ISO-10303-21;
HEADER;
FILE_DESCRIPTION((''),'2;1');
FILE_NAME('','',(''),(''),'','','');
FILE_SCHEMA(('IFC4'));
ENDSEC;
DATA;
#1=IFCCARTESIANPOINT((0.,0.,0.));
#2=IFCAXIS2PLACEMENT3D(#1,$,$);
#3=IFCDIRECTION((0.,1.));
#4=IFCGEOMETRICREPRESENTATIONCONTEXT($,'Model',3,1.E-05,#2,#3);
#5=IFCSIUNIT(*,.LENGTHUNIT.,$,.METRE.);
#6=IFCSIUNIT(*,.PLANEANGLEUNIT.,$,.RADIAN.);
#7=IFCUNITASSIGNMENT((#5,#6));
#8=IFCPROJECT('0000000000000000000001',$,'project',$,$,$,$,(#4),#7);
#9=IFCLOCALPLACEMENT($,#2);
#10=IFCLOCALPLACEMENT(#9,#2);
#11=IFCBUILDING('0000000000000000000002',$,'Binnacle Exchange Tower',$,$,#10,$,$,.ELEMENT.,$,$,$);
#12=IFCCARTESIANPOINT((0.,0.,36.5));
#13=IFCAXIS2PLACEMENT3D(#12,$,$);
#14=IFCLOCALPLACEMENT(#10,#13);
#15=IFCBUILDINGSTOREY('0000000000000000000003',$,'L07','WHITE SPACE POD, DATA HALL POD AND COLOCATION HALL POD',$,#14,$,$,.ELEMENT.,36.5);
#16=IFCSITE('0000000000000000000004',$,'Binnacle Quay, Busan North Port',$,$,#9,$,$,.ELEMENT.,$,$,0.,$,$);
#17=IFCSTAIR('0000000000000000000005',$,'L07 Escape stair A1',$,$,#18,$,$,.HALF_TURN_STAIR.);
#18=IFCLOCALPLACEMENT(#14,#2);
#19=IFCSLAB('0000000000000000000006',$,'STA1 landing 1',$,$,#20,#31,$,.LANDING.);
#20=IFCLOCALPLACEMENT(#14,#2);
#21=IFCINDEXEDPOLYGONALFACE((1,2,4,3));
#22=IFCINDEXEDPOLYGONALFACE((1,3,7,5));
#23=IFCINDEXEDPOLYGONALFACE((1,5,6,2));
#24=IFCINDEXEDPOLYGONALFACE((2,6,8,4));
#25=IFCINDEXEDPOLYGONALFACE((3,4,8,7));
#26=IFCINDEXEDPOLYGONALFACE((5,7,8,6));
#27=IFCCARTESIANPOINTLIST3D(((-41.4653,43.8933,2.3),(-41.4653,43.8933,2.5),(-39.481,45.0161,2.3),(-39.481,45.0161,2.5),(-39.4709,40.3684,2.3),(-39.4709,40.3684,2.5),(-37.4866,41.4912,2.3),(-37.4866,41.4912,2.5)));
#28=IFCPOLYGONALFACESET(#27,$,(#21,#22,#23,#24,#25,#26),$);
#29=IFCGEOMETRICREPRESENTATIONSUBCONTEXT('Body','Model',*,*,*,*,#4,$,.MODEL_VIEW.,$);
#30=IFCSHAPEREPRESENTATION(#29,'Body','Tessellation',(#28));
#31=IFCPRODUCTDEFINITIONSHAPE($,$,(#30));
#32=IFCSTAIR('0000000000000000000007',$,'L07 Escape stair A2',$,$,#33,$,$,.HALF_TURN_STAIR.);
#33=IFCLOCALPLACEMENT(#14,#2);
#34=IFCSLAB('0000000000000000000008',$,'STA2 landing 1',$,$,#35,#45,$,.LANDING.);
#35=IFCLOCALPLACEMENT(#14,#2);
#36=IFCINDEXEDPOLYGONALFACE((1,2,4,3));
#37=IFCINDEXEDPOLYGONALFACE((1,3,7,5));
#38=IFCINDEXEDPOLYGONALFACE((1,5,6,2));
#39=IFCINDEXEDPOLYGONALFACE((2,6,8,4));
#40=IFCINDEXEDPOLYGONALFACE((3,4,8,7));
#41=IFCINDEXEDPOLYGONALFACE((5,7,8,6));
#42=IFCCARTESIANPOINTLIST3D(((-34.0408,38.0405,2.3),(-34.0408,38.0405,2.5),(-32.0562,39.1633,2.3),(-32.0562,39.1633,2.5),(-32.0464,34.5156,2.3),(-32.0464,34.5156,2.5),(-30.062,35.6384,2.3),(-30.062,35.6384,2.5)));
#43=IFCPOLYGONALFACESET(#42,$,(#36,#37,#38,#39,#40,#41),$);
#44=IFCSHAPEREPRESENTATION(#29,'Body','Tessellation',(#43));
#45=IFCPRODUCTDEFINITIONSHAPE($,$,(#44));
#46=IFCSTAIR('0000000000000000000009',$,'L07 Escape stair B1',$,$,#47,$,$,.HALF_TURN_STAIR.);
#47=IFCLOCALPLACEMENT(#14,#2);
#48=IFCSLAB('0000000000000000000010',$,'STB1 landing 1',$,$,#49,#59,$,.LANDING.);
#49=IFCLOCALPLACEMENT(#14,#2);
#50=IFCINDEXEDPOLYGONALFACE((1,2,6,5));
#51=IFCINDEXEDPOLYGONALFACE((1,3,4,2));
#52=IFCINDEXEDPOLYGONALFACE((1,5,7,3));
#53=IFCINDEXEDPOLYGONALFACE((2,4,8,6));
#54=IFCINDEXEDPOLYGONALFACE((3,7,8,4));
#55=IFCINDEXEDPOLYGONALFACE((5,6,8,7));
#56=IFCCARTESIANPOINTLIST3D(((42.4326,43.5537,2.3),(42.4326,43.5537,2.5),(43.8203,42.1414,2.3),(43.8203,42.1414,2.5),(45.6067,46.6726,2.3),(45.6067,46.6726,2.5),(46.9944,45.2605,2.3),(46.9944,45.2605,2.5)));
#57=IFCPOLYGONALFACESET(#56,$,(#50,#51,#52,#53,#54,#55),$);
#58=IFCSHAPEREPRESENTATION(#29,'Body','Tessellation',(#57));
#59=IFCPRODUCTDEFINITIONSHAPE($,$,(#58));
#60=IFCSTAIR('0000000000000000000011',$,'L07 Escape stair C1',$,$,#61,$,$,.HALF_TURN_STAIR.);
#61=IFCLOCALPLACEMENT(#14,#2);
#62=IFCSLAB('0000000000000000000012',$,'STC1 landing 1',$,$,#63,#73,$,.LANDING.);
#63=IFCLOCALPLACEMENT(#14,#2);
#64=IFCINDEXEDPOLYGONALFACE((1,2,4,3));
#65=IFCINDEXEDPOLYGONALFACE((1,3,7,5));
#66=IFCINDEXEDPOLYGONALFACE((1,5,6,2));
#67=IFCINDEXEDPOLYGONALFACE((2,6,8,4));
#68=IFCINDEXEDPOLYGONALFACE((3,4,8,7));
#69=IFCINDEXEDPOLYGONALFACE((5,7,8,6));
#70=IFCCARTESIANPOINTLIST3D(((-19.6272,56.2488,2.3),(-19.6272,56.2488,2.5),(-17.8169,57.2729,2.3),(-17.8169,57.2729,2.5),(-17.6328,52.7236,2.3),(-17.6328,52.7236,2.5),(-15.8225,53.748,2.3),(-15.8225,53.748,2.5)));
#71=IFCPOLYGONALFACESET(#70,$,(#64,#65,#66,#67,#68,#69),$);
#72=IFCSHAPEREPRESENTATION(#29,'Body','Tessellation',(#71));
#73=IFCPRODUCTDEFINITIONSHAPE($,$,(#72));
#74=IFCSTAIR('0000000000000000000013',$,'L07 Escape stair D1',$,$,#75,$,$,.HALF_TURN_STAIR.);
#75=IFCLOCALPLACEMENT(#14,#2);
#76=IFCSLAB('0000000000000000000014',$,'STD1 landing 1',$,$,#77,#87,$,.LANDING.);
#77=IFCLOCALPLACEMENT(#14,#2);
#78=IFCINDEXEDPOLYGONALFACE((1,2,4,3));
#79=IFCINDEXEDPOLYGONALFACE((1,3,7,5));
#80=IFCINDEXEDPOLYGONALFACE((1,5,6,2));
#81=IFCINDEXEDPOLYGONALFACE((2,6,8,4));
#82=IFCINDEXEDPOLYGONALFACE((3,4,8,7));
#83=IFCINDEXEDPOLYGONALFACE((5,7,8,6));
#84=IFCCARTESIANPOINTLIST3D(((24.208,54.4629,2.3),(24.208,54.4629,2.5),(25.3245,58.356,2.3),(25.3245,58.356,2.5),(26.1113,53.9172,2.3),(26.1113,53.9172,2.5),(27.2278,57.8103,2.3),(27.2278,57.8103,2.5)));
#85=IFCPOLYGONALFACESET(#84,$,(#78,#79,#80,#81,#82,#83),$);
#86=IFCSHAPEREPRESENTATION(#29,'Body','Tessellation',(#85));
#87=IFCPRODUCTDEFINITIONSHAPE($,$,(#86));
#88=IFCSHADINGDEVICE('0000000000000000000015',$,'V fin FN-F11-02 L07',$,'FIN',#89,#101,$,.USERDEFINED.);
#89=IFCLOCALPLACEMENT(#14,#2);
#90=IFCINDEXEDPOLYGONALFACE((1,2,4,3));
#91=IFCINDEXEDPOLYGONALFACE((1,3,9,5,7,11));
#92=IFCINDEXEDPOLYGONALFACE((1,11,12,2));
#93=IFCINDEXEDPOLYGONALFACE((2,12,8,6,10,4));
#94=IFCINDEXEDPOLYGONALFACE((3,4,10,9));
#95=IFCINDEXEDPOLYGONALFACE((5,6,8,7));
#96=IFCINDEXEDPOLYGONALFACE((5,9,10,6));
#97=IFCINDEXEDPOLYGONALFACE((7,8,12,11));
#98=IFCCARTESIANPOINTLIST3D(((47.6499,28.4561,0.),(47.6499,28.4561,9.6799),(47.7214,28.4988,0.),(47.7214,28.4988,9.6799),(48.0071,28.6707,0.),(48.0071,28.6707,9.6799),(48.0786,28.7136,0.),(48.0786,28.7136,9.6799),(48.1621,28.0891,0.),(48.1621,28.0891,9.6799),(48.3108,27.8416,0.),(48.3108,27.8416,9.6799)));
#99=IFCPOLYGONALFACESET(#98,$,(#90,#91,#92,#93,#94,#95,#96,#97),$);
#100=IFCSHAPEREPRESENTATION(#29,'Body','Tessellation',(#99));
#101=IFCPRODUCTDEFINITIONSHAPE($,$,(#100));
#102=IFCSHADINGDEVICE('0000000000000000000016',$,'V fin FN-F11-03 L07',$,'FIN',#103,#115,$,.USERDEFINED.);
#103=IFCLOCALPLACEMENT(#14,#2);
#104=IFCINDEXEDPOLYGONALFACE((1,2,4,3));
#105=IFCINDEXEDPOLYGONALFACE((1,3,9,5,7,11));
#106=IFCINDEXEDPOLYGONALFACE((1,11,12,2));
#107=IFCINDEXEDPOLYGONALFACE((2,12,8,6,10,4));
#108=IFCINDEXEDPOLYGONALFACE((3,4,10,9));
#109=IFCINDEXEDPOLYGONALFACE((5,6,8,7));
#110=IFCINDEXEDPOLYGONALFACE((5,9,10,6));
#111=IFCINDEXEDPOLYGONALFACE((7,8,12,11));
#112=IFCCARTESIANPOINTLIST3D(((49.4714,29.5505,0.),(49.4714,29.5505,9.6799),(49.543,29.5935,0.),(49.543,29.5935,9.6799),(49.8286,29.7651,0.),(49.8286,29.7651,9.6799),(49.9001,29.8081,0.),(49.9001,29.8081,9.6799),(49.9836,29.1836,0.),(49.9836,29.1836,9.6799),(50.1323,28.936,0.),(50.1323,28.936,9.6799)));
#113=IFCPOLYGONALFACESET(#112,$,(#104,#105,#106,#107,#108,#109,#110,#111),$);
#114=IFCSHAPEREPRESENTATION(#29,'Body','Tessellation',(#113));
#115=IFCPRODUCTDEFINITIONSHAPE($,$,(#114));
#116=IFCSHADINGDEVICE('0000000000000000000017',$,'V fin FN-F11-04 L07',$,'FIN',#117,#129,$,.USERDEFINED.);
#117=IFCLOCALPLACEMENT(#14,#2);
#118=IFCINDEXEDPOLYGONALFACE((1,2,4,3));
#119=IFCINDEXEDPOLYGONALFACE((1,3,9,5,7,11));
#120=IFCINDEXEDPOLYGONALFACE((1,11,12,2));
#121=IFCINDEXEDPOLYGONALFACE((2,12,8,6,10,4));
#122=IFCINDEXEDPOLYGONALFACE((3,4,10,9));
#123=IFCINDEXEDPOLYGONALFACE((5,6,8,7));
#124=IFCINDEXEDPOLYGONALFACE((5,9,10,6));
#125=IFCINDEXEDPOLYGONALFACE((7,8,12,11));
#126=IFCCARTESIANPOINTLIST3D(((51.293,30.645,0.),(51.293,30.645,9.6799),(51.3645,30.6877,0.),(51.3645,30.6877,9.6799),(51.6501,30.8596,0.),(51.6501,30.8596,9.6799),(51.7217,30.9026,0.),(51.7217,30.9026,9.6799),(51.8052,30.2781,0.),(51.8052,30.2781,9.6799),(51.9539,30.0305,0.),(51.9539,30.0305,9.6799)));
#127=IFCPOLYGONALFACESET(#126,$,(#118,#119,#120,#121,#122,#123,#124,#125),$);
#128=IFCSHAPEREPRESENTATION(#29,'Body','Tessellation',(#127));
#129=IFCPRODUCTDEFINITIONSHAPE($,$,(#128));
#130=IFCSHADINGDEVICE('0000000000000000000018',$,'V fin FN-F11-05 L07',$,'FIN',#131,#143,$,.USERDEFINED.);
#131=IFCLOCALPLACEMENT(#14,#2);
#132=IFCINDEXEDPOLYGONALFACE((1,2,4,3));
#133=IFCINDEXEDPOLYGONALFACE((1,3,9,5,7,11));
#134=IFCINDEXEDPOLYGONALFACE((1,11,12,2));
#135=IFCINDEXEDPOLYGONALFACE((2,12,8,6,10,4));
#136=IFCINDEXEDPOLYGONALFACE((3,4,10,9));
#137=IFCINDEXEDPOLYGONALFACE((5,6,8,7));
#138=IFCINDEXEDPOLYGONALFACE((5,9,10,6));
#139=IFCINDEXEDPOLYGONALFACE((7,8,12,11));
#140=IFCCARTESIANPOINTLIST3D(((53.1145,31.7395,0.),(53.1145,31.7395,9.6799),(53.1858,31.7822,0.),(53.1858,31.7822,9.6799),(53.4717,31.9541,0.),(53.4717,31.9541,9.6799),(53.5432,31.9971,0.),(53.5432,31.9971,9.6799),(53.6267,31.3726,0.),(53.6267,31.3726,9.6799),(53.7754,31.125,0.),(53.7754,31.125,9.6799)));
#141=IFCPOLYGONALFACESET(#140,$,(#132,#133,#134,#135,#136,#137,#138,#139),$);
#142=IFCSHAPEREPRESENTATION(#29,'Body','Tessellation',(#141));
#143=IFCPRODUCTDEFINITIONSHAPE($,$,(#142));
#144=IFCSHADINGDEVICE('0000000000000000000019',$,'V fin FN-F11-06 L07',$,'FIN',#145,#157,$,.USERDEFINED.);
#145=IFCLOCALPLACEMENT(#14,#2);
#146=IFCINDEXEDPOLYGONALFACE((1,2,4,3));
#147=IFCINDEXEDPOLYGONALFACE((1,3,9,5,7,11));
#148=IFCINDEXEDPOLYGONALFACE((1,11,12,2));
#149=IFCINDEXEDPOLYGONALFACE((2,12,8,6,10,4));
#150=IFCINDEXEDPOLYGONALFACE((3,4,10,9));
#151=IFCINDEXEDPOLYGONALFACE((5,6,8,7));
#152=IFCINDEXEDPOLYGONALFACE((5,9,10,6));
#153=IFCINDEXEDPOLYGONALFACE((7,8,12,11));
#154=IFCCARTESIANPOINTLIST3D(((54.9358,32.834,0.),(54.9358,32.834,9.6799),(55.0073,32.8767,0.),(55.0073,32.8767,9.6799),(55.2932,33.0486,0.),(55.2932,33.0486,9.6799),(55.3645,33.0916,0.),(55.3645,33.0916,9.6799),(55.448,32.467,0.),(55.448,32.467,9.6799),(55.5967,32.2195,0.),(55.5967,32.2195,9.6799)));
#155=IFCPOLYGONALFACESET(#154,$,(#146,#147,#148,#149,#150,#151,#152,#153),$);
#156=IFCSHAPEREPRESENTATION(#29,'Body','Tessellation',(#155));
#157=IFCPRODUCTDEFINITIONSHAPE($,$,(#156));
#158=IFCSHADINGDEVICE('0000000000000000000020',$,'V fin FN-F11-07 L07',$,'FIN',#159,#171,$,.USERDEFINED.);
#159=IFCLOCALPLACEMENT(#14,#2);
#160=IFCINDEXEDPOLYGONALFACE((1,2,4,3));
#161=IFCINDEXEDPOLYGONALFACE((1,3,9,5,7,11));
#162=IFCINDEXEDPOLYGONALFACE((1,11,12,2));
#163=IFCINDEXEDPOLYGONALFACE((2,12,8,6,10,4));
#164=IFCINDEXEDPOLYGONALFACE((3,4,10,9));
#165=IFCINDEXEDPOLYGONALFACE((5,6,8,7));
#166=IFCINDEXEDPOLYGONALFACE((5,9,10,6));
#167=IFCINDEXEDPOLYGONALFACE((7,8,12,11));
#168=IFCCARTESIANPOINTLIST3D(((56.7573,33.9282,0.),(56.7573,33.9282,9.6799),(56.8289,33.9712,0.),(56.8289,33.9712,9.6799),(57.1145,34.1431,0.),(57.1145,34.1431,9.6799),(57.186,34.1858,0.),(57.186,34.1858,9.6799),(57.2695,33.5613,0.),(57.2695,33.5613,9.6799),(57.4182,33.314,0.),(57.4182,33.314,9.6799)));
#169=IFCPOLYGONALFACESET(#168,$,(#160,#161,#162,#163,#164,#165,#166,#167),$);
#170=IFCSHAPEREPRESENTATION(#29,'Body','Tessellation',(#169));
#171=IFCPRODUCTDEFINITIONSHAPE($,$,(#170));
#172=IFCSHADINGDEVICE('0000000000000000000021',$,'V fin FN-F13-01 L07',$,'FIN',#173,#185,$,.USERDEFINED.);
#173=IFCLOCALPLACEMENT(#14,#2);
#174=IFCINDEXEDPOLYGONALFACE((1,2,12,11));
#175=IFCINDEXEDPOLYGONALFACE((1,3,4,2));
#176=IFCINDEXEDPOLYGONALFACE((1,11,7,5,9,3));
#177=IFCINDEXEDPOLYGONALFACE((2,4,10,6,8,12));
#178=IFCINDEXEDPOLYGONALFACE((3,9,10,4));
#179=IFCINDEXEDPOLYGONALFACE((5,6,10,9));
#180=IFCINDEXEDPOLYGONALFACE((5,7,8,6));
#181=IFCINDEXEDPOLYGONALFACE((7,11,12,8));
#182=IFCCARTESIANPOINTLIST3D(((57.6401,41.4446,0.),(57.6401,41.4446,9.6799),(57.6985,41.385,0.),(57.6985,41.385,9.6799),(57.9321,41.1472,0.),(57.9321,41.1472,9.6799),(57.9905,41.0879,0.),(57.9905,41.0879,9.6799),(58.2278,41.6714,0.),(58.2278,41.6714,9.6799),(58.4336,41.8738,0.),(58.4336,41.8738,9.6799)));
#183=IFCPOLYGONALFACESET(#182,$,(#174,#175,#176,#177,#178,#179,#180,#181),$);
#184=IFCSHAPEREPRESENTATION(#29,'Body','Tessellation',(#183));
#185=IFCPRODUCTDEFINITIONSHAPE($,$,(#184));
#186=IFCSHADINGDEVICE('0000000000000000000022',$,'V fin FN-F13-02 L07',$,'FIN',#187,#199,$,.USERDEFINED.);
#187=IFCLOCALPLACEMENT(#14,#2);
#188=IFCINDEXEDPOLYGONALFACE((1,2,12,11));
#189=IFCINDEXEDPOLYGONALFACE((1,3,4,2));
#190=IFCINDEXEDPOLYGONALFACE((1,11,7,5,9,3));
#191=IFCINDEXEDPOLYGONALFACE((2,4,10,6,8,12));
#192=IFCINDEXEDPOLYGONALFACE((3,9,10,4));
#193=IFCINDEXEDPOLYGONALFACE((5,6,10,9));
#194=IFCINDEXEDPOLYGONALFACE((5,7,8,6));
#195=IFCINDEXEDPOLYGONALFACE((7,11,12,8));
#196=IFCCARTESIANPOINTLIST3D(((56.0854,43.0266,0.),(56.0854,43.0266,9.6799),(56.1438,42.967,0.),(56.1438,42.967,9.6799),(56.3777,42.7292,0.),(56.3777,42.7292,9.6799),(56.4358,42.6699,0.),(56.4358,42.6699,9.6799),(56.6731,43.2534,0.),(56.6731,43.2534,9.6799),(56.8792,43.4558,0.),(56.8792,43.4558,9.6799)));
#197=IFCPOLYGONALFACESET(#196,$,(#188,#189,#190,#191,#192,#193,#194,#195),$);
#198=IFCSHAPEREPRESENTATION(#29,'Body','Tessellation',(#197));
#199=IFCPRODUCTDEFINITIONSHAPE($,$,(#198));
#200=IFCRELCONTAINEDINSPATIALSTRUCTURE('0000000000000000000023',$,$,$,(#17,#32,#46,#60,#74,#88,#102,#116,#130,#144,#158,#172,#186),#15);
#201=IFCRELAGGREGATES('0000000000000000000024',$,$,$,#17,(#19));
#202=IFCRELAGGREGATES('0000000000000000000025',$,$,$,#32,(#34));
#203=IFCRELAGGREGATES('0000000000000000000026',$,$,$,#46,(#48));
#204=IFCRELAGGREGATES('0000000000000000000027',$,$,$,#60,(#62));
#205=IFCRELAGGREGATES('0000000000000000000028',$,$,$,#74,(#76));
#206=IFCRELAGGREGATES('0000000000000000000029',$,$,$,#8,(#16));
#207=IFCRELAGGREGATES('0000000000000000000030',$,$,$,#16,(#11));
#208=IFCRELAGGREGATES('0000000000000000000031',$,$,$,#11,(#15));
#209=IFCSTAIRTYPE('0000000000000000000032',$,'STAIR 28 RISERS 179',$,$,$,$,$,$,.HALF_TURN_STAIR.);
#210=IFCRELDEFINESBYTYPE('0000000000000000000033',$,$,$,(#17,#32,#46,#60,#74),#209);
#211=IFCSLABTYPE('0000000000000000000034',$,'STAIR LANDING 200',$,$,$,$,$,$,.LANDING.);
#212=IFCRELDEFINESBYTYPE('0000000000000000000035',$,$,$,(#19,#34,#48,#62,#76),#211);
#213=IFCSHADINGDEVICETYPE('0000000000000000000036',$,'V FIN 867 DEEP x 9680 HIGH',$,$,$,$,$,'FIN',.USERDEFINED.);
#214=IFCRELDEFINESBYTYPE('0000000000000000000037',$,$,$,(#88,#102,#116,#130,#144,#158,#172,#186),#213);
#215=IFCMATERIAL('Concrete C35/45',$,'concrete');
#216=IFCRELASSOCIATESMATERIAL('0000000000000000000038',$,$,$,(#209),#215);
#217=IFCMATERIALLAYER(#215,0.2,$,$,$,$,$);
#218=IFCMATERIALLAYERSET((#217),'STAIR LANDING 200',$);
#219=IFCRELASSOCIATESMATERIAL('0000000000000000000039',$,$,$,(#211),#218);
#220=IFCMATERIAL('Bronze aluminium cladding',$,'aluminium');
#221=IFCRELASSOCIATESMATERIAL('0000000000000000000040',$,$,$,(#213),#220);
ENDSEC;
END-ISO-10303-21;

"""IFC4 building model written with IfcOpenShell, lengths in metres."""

from ifc_helpers import new_model, si_unit, direction, frame, origin, place, context, subcontext, project, spatial, polyline, outline, extrude, material, layer, layer_set, type_object, element, aggregate, save


model = new_model("IFC4")

# Units and contexts
model_context = context("Model", 3, precision=1e-05, world=origin(), true_north=direction((0.0, 1.0)))
body_context = subcontext(model_context, "Body", "Model", "MODEL_VIEW")
ifc_project = project(units=[si_unit("LENGTHUNIT", "METRE"), si_unit("PLANEANGLEUNIT", "RADIAN")], contexts=[model_context])

# Site, building, storey
site_placement = place(None, origin())
site = spatial("IfcSite", under=ifc_project, at=site_placement, Name="Binnacle Quay, Busan North Port", CompositionType="ELEMENT", RefElevation=0.0)
building_placement = place(site_placement, origin())
building = spatial("IfcBuilding", under=site, at=building_placement, Name="Binnacle Exchange Tower", CompositionType="ELEMENT")
storey_placement = place(building_placement, frame((0.0, 0.0, 36.5)))
storey = spatial("IfcBuildingStorey", under=building, at=storey_placement, Name="L07", Description="WHITE SPACE POD, DATA HALL POD AND COLOCATION HALL POD", CompositionType="ELEMENT", Elevation=36.5)

# Stairs, slabs
ifc_material_1 = material(Name="Concrete C35/45", Category="concrete")
stair_type = type_object("IfcStairType", Name="STAIR 28 RISERS 179", PredefinedType="HALF_TURN_STAIR", material=ifc_material_1)
stair_1_placement = place(storey_placement, origin())
stair_1 = element("IfcStair", 1, at=stair_1_placement, inside=storey, type_object=stair_type, Name="L07 Escape stair A1", PredefinedType="HALF_TURN_STAIR")
ifc_layer = layer(ifc_material_1, 0.2)
ifc_layer_set = layer_set([ifc_layer], Name="STAIR LANDING 200")
slab_type = type_object("IfcSlabType", Name="STAIR LANDING 200", PredefinedType="LANDING", material=ifc_layer_set)
slab_1_placement = place(storey_placement, frame((0.0, 0.0, 2.3)))
slab_1 = element("IfcSlab", 2, at=slab_1_placement, type_object=slab_type, Name="STA1 landing 1", PredefinedType="LANDING", context=body_context, shape_type="SweptSolid", body=[
    extrude(outline(polyline([(-39.4709, 40.3684), (-37.4866, 41.4912), (-39.481, 45.0161), (-41.4653, 43.8933), (-39.4709, 40.3684)])), origin(), (0.0, 0.0, 1.0), 0.2),
])
aggregate(stair_1, [slab_1])
stair_2_placement = place(storey_placement, origin())
stair_2 = element("IfcStair", 3, at=stair_2_placement, inside=storey, type_object=stair_type, Name="L07 Escape stair A2", PredefinedType="HALF_TURN_STAIR")
slab_2_placement = place(storey_placement, frame((0.0, 0.0, 2.3)))
slab_2 = element("IfcSlab", 4, at=slab_2_placement, type_object=slab_type, Name="STA2 landing 1", PredefinedType="LANDING", context=body_context, shape_type="SweptSolid", body=[
    extrude(outline(polyline([(-32.0562, 39.1633), (-34.0408, 38.0405), (-32.0464, 34.5156), (-30.062, 35.6384), (-32.0562, 39.1633)])), origin(), (0.0, 0.0, 1.0), 0.2),
])
aggregate(stair_2, [slab_2])
stair_3_placement = place(storey_placement, origin())
stair_3 = element("IfcStair", 5, at=stair_3_placement, inside=storey, type_object=stair_type, Name="L07 Escape stair B1", PredefinedType="HALF_TURN_STAIR")
slab_3_placement = place(storey_placement, frame((0.0, 0.0, 2.3)))
slab_3 = element("IfcSlab", 6, at=slab_3_placement, type_object=slab_type, Name="STB1 landing 1", PredefinedType="LANDING", context=body_context, shape_type="SweptSolid", body=[
    extrude(outline(polyline([(42.4326, 43.5537), (43.8203, 42.1414), (46.9944, 45.2605), (45.6067, 46.6726), (42.4326, 43.5537)])), origin(), (0.0, 0.0, 1.0), 0.2),
])
aggregate(stair_3, [slab_3])
stair_4_placement = place(storey_placement, origin())
stair_4 = element("IfcStair", 7, at=stair_4_placement, inside=storey, type_object=stair_type, Name="L07 Escape stair C1", PredefinedType="HALF_TURN_STAIR")
slab_4_placement = place(storey_placement, frame((0.0, 0.0, 2.3)))
slab_4 = element("IfcSlab", 8, at=slab_4_placement, type_object=slab_type, Name="STC1 landing 1", PredefinedType="LANDING", context=body_context, shape_type="SweptSolid", body=[
    extrude(outline(polyline([(-17.6328, 52.7236), (-15.8225, 53.748), (-17.8169, 57.2729), (-19.6272, 56.2488), (-17.6328, 52.7236)])), origin(), (0.0, 0.0, 1.0), 0.2),
])
aggregate(stair_4, [slab_4])
stair_5_placement = place(storey_placement, origin())
stair_5 = element("IfcStair", 9, at=stair_5_placement, inside=storey, type_object=stair_type, Name="L07 Escape stair D1", PredefinedType="HALF_TURN_STAIR")
slab_5_placement = place(storey_placement, frame((0.0, 0.0, 2.3)))
slab_5 = element("IfcSlab", 10, at=slab_5_placement, type_object=slab_type, Name="STD1 landing 1", PredefinedType="LANDING", context=body_context, shape_type="SweptSolid", body=[
    extrude(outline(polyline([(24.208, 54.4629), (26.1113, 53.9172), (27.2278, 57.8103), (25.3245, 58.356), (24.208, 54.4629)])), origin(), (0.0, 0.0, 1.0), 0.2),
])
aggregate(stair_5, [slab_5])

# Shading devices
ifc_material_2 = material(Name="Bronze aluminium cladding", Category="aluminium")
shading_device_type = type_object("IfcShadingDeviceType", Name="V FIN 867 DEEP x 9680 HIGH", ElementType="FIN", PredefinedType="USERDEFINED", material=ifc_material_2)
shading_device_1_placement = place(storey_placement, origin())
element("IfcShadingDevice", 11, at=shading_device_1_placement, inside=storey, type_object=shading_device_type, Name="V fin FN-F11-02 L07", ObjectType="FIN", PredefinedType="USERDEFINED", context=body_context, shape_type="SweptSolid", body=[
    extrude(outline(polyline([(47.6499, 28.4561), (48.3108, 27.8416), (48.0786, 28.7136), (48.0071, 28.6707), (48.1621, 28.0891), (47.7214, 28.4988), (47.6499, 28.4561)])), origin(), (0.0, 0.0, 1.0), 9.6799),
])
shading_device_2_placement = place(storey_placement, origin())
element("IfcShadingDevice", 12, at=shading_device_2_placement, inside=storey, type_object=shading_device_type, Name="V fin FN-F11-03 L07", ObjectType="FIN", PredefinedType="USERDEFINED", context=body_context, shape_type="SweptSolid", body=[
    extrude(outline(polyline([(49.4714, 29.5505), (50.1323, 28.936), (49.9001, 29.8081), (49.8286, 29.7651), (49.9836, 29.1836), (49.543, 29.5935), (49.4714, 29.5505)])), origin(), (0.0, 0.0, 1.0), 9.6799),
])
shading_device_3_placement = place(storey_placement, origin())
element("IfcShadingDevice", 13, at=shading_device_3_placement, inside=storey, type_object=shading_device_type, Name="V fin FN-F11-04 L07", ObjectType="FIN", PredefinedType="USERDEFINED", context=body_context, shape_type="SweptSolid", body=[
    extrude(outline(polyline([(51.293, 30.645), (51.9539, 30.0305), (51.7217, 30.9026), (51.6501, 30.8596), (51.8052, 30.2781), (51.3645, 30.6877), (51.293, 30.645)])), origin(), (0.0, 0.0, 1.0), 9.6799),
])
shading_device_4_placement = place(storey_placement, origin())
element("IfcShadingDevice", 14, at=shading_device_4_placement, inside=storey, type_object=shading_device_type, Name="V fin FN-F11-05 L07", ObjectType="FIN", PredefinedType="USERDEFINED", context=body_context, shape_type="SweptSolid", body=[
    extrude(outline(polyline([(53.1145, 31.7395), (53.7754, 31.125), (53.5432, 31.9971), (53.4717, 31.9541), (53.6267, 31.3726), (53.1858, 31.7822), (53.1145, 31.7395)])), origin(), (0.0, 0.0, 1.0), 9.6799),
])
shading_device_5_placement = place(storey_placement, origin())
element("IfcShadingDevice", 15, at=shading_device_5_placement, inside=storey, type_object=shading_device_type, Name="V fin FN-F11-06 L07", ObjectType="FIN", PredefinedType="USERDEFINED", context=body_context, shape_type="SweptSolid", body=[
    extrude(outline(polyline([(54.9358, 32.834), (55.5967, 32.2195), (55.3645, 33.0916), (55.2932, 33.0486), (55.448, 32.467), (55.0073, 32.8767), (54.9358, 32.834)])), origin(), (0.0, 0.0, 1.0), 9.6799),
])
shading_device_6_placement = place(storey_placement, origin())
element("IfcShadingDevice", 16, at=shading_device_6_placement, inside=storey, type_object=shading_device_type, Name="V fin FN-F11-07 L07", ObjectType="FIN", PredefinedType="USERDEFINED", context=body_context, shape_type="SweptSolid", body=[
    extrude(outline(polyline([(56.7573, 33.9282), (57.4182, 33.314), (57.186, 34.1858), (57.1145, 34.1431), (57.2695, 33.5613), (56.8289, 33.9712), (56.7573, 33.9282)])), origin(), (0.0, 0.0, 1.0), 9.6799),
])
shading_device_7_placement = place(storey_placement, origin())
element("IfcShadingDevice", 17, at=shading_device_7_placement, inside=storey, type_object=shading_device_type, Name="V fin FN-F13-01 L07", ObjectType="FIN", PredefinedType="USERDEFINED", context=body_context, shape_type="SweptSolid", body=[
    extrude(outline(polyline([(57.9905, 41.0879), (58.4336, 41.8738), (57.6401, 41.4446), (57.6985, 41.385), (58.2278, 41.6714), (57.9321, 41.1472), (57.9905, 41.0879)])), origin(), (0.0, 0.0, 1.0), 9.6799),
])
shading_device_8_placement = place(storey_placement, origin())
element("IfcShadingDevice", 18, at=shading_device_8_placement, inside=storey, type_object=shading_device_type, Name="V fin FN-F13-02 L07", ObjectType="FIN", PredefinedType="USERDEFINED", context=body_context, shape_type="SweptSolid", body=[
    extrude(outline(polyline([(56.4358, 42.6699), (56.8792, 43.4558), (56.0854, 43.0266), (56.1438, 42.967), (56.6731, 43.2534), (56.3777, 42.7292), (56.4358, 42.6699)])), origin(), (0.0, 0.0, 1.0), 9.6799),
])

save(model, "model.ifc")
